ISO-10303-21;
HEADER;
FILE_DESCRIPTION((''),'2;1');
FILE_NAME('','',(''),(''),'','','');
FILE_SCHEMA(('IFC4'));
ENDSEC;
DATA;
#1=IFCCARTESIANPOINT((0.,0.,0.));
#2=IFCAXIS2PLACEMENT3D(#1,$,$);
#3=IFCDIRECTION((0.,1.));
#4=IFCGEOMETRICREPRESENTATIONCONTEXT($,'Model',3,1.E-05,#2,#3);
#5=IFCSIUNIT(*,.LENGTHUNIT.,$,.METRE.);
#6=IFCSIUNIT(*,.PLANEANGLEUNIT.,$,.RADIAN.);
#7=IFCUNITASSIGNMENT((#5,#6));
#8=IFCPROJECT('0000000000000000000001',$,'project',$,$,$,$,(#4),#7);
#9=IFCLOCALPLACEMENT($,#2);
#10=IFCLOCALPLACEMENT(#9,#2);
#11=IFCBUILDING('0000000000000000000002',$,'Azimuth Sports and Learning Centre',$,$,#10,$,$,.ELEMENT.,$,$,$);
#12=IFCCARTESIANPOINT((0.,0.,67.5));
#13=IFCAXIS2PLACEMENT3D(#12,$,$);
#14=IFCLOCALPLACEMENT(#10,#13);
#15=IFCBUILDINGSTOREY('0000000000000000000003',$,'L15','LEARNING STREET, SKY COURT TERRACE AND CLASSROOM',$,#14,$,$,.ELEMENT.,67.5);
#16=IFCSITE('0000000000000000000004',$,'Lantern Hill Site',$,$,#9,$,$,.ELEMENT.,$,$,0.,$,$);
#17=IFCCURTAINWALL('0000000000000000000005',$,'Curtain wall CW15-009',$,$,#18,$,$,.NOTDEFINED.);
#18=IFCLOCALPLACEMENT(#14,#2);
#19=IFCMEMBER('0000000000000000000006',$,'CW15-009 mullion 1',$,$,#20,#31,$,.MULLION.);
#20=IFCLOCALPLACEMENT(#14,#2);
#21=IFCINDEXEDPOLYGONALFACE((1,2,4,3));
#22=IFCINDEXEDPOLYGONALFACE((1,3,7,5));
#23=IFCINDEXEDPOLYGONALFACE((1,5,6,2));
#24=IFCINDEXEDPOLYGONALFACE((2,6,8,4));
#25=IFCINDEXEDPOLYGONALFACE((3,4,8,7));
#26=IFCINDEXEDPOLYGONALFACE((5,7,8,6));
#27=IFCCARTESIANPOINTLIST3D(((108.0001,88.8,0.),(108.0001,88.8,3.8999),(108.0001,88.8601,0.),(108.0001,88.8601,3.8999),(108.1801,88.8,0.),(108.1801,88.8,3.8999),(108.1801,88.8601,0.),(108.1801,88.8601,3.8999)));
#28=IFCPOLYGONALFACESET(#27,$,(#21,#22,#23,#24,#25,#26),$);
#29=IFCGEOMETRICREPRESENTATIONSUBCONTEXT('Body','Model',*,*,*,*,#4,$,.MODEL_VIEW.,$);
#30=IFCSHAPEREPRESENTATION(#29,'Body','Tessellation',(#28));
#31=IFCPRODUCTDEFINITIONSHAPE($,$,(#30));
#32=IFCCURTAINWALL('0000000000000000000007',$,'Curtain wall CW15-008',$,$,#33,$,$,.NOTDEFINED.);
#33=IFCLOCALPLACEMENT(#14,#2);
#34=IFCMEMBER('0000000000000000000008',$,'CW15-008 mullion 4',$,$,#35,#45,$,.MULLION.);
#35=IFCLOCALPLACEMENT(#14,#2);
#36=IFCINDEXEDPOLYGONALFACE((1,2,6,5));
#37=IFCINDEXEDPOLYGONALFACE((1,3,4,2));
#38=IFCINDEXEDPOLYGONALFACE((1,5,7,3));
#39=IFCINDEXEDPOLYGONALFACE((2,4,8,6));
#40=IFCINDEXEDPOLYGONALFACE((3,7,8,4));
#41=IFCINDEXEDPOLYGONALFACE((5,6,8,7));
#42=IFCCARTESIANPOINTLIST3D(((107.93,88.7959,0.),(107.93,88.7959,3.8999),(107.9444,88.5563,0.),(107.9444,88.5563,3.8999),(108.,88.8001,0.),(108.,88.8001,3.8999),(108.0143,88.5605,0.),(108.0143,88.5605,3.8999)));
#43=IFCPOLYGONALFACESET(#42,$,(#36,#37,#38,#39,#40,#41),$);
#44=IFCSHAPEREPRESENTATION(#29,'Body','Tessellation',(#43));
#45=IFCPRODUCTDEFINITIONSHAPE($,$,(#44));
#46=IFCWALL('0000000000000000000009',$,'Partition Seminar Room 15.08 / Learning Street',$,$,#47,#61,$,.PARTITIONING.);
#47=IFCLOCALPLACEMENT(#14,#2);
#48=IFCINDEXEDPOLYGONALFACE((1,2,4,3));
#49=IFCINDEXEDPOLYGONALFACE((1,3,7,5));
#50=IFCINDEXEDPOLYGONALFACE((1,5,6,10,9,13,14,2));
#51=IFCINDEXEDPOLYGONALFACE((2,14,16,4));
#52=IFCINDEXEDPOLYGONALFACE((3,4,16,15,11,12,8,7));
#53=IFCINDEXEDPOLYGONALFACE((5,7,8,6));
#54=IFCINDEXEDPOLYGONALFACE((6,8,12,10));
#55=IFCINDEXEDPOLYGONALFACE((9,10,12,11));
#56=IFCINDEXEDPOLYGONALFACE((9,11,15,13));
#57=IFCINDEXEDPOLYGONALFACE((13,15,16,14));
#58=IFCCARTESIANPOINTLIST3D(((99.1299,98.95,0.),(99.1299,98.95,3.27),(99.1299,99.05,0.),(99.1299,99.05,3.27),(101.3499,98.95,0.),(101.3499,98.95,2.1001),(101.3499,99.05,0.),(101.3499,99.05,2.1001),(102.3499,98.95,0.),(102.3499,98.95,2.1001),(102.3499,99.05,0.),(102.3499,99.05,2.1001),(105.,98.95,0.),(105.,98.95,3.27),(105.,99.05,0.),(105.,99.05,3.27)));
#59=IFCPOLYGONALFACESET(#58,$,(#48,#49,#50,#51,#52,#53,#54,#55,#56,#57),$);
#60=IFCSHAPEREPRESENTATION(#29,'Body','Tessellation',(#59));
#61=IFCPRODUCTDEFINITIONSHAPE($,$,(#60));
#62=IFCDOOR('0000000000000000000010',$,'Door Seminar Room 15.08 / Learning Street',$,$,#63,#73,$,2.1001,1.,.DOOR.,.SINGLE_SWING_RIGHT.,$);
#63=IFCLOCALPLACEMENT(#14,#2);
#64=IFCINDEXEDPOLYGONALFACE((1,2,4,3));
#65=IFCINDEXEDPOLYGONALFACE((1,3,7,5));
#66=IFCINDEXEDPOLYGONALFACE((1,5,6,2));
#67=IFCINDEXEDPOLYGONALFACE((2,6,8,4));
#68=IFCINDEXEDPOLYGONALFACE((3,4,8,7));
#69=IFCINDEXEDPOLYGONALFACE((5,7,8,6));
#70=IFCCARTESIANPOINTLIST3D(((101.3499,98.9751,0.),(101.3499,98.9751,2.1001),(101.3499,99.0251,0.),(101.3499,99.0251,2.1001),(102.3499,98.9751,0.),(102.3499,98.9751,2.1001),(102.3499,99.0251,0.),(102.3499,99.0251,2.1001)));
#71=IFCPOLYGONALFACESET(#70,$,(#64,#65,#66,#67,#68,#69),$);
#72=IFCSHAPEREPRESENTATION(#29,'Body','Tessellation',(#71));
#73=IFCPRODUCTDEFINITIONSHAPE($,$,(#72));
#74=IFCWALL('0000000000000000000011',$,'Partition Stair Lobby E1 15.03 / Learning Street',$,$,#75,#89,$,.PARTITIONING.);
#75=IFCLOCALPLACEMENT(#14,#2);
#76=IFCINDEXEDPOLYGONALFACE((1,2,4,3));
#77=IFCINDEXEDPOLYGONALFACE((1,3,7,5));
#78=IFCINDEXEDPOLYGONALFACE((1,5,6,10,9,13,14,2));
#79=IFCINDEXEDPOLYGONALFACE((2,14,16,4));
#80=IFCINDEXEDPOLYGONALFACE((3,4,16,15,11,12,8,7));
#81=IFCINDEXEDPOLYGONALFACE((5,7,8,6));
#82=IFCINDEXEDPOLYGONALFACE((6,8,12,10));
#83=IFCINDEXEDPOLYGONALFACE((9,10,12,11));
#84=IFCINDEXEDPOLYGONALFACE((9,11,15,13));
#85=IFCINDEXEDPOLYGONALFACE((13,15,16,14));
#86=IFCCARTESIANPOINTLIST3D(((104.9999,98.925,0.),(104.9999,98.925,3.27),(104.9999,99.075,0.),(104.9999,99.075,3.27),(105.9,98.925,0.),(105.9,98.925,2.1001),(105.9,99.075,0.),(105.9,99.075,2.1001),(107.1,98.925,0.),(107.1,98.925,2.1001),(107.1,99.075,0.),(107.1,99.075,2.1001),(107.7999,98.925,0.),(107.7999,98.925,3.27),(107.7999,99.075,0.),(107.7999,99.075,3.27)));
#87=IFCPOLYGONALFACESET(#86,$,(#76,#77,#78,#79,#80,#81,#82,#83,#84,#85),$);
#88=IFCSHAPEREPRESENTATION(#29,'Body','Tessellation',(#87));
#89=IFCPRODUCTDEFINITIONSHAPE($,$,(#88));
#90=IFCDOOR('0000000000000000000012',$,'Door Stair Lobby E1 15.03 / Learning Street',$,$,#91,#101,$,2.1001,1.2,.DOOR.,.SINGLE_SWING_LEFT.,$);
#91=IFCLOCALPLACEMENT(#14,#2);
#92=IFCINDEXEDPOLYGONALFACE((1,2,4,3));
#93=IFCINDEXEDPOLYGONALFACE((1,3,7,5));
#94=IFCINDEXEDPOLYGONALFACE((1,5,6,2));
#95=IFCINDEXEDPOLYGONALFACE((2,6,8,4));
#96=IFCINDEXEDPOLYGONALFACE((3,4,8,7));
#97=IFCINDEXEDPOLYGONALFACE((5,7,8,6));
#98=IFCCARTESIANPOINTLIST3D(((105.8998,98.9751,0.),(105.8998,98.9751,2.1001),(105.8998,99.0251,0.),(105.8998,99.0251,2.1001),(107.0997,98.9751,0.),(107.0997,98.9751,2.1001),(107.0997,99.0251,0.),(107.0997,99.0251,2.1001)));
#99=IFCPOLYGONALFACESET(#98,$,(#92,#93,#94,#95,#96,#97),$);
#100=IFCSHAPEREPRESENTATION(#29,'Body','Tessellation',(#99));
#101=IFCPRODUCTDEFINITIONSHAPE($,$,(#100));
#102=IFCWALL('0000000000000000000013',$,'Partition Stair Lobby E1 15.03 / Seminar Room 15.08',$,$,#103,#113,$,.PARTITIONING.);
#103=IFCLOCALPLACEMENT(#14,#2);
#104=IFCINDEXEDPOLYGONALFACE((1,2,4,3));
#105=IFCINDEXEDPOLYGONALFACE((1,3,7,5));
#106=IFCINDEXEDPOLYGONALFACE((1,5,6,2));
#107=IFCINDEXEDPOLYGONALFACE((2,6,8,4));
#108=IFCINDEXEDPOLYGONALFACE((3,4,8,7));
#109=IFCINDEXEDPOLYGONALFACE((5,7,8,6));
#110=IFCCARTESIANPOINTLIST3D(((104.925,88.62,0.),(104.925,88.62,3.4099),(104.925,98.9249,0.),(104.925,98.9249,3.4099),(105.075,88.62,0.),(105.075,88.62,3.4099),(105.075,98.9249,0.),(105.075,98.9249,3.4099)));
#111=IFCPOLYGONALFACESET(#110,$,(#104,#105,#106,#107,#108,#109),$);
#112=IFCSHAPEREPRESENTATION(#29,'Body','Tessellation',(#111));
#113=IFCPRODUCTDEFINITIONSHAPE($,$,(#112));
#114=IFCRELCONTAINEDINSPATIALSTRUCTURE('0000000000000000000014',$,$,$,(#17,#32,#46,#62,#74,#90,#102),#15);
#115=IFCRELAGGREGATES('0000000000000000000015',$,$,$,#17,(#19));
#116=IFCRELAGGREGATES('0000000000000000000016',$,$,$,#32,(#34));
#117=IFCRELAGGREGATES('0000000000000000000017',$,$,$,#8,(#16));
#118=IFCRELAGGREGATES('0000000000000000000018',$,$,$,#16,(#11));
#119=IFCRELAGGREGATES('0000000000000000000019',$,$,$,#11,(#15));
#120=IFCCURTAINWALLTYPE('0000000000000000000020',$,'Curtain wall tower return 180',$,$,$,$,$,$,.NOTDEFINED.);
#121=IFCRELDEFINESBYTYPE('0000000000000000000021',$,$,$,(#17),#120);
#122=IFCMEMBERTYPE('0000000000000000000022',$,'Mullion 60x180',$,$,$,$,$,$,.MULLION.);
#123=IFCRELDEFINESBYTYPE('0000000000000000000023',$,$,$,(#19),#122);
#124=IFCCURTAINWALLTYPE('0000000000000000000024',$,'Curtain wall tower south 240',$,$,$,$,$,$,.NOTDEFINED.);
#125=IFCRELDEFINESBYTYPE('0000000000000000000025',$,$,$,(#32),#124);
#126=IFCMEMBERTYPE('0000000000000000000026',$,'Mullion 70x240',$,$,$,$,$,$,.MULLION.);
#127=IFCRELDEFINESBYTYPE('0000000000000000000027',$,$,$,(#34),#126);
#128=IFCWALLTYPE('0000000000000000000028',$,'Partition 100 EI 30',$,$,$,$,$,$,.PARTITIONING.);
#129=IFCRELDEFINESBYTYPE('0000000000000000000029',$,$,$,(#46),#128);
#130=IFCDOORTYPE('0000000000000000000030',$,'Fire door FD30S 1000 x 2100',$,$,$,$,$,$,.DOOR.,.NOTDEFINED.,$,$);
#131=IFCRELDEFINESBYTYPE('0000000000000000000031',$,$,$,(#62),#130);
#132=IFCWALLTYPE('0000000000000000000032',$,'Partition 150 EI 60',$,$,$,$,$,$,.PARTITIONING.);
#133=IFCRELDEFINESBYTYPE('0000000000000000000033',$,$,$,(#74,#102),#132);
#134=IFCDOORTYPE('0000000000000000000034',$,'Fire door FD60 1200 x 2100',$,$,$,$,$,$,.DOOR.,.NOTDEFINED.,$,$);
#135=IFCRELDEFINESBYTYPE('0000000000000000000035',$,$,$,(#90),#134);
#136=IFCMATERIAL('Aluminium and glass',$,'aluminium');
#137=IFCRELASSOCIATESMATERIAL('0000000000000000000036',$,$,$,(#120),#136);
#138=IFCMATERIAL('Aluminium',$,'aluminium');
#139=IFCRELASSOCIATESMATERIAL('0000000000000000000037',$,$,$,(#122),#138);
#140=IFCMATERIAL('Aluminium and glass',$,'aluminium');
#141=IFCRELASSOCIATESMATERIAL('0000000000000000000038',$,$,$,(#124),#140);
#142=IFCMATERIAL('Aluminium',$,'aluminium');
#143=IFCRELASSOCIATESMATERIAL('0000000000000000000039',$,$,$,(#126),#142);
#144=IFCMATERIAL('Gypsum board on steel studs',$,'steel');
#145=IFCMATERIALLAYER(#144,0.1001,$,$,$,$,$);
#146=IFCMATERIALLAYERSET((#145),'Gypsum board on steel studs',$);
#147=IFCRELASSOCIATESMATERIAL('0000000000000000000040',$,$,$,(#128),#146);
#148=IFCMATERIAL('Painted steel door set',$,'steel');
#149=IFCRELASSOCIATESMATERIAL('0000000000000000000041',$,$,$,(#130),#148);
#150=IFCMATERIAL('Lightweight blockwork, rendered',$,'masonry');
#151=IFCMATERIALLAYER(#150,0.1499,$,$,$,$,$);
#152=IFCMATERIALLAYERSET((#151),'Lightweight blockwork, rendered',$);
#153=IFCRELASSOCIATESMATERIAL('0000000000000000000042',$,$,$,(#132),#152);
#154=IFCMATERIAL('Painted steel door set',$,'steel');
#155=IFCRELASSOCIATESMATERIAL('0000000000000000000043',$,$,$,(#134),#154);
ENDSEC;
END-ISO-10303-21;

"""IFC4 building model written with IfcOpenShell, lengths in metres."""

from ifc_helpers import new_model, si_unit, direction, frame, frame_2d, origin, origin_2d, place, context, subcontext, project, spatial, rectangle, extrude, material, layer, layer_set, material_profile, profile_set, type_object, element, fill, aggregate, save


model = new_model("IFC4")

# Units and contexts
model_context = context("Model", 3, precision=1e-05, world=origin(), true_north=direction((0.0, 1.0)))
body_context = subcontext(model_context, "Body", "Model", "MODEL_VIEW")
ifc_project = project(units=[si_unit("LENGTHUNIT", "METRE"), si_unit("PLANEANGLEUNIT", "RADIAN")], contexts=[model_context])

# Site, building, storey
site_placement = place(None, origin())
site = spatial("IfcSite", under=ifc_project, at=site_placement, Name="Lantern Hill Site", CompositionType="ELEMENT", RefElevation=0.0)
building_placement = place(site_placement, origin())
building = spatial("IfcBuilding", under=site, at=building_placement, Name="Azimuth Sports and Learning Centre", CompositionType="ELEMENT")
storey_placement = place(building_placement, frame((0.0, 0.0, 67.5)))
storey = spatial("IfcBuildingStorey", under=building, at=storey_placement, Name="L15", Description="LEARNING STREET, SKY COURT TERRACE AND CLASSROOM", CompositionType="ELEMENT", Elevation=67.5)

# Curtain walls, members
ifc_material_1 = material(Name="Aluminium and glass", Category="aluminium")
curtain_wall_type_1 = type_object("IfcCurtainWallType", Name="Curtain wall tower return 180", PredefinedType="NOTDEFINED", material=ifc_material_1)
curtain_wall_1_placement = place(storey_placement, origin())
curtain_wall_1 = element("IfcCurtainWall", 1, at=curtain_wall_1_placement, inside=storey, type_object=curtain_wall_type_1, Name="Curtain wall CW15-009", PredefinedType="NOTDEFINED")
ifc_material_2 = material(Name="Aluminium", Category="aluminium")
ifc_material_profile_1 = material_profile(ifc_material_2, rectangle(XDim=0.1799, YDim=0.0601, at=origin_2d()), Name="Mullion 60x180")
ifc_profile_set_1 = profile_set([ifc_material_profile_1], Name="Aluminium")
member_type_1 = type_object("IfcMemberType", Name="Mullion 60x180", PredefinedType="MULLION", material=ifc_profile_set_1)
member_1_placement = place(storey_placement, frame((108.0901, 88.8301, 0.0), z_axis=(0.0, 0.0, 1.0), x_axis=(-1.0, 0.0, 0.0)))
member_1 = element("IfcMember", 2, at=member_1_placement, type_object=member_type_1, Name="CW15-009 mullion 1", PredefinedType="MULLION", context=body_context, shape_type="SweptSolid", body=[
    extrude(rectangle(XDim=0.1799, YDim=0.0601, at=origin_2d()), origin(), (0.0, 0.0, 1.0), 3.8999),
])
aggregate(curtain_wall_1, [member_1])
ifc_material_3 = material(Name="Aluminium and glass", Category="aluminium")
curtain_wall_type_2 = type_object("IfcCurtainWallType", Name="Curtain wall tower south 240", PredefinedType="NOTDEFINED", material=ifc_material_3)
curtain_wall_2_placement = place(storey_placement, origin())
curtain_wall_2 = element("IfcCurtainWall", 3, at=curtain_wall_2_placement, inside=storey, type_object=curtain_wall_type_2, Name="Curtain wall CW15-008", PredefinedType="NOTDEFINED")
ifc_material_4 = material(Name="Aluminium", Category="aluminium")
ifc_material_profile_2 = material_profile(ifc_material_4, rectangle(XDim=0.24, YDim=0.0701, at=origin_2d()), Name="Mullion 70x240")
ifc_profile_set_2 = profile_set([ifc_material_profile_2], Name="Aluminium")
member_type_2 = type_object("IfcMemberType", Name="Mullion 70x240", PredefinedType="MULLION", material=ifc_profile_set_2)
member_2_placement = place(storey_placement, frame((107.9722, 88.6782, 0.0), z_axis=(0.0, 0.0, 1.0), x_axis=(-0.059892, 0.998205, 0.0)))
member_2 = element("IfcMember", 4, at=member_2_placement, type_object=member_type_2, Name="CW15-008 mullion 4", PredefinedType="MULLION", context=body_context, shape_type="SweptSolid", body=[
    extrude(rectangle(XDim=0.24, YDim=0.0701, at=origin_2d()), origin(), (0.0, 0.0, 1.0), 3.8999),
])
aggregate(curtain_wall_2, [member_2])

# Walls, openings, doors
ifc_material_5 = material(Name="Gypsum board on steel studs", Category="steel")
ifc_layer_1 = layer(ifc_material_5, 0.1001)
ifc_layer_set_1 = layer_set([ifc_layer_1], Name="Gypsum board on steel studs")
wall_type_1 = type_object("IfcWallType", Name="Partition 100 EI 30", PredefinedType="PARTITIONING", material=ifc_layer_set_1)
wall_1_placement = place(storey_placement, frame((99.1299, 99.0, 0.0), z_axis=(0.0, 0.0, 1.0), x_axis=(1.0, 0.0, 0.0)))
wall_1 = element("IfcWall", 5, at=wall_1_placement, inside=storey, type_object=wall_type_1, Name="Partition Seminar Room 15.08 / Learning Street", PredefinedType="PARTITIONING", context=body_context, shape_type="SweptSolid", body=[
    extrude(rectangle(XDim=5.8701, YDim=0.1001, at=frame_2d((2.9351, 0.0))), origin(), (0.0, 0.0, 1.0), 3.27),
])
opening_1_placement = place(wall_1_placement, frame((2.22, 0.0, 0.0)))
opening_1 = element("IfcOpeningElement", 6, at=opening_1_placement, cuts=wall_1, PredefinedType="OPENING", context=body_context, shape_type="SweptSolid", body=[
    extrude(rectangle(XDim=1.0, YDim=2.1001, at=frame_2d((0.5, 1.05))), frame((0.0, 0.061, 0.0), z_axis=(0.0, -1.0, 0.0), x_axis=(1.0, 0.0, 0.0)), (0.0, 0.0, 1.0), 0.1221),
])
ifc_material_6 = material(Name="Painted steel door set", Category="steel")
door_type_1 = type_object("IfcDoorType", Name="Fire door FD30S 1000 x 2100", OperationType="NOTDEFINED", PredefinedType="DOOR", material=ifc_material_6)
door_1_placement = place(opening_1_placement, frame((1.0, 0.0, 0.0), z_axis=(0.0, 0.0, 1.0), x_axis=(-1.0, 0.0, 0.0)))
door_1 = element("IfcDoor", 7, at=door_1_placement, inside=storey, type_object=door_type_1, Name="Door Seminar Room 15.08 / Learning Street", OperationType="SINGLE_SWING_RIGHT", OverallHeight=2.1001, OverallWidth=1.0, PredefinedType="DOOR", context=body_context, shape_type="SweptSolid", body=[
    extrude(rectangle(XDim=1.0, YDim=2.1001, at=frame_2d((0.5, 1.05))), frame((0.0, 0.0249, 0.0), z_axis=(0.0, -1.0, 0.0), x_axis=(1.0, 0.0, 0.0)), (0.0, 0.0, 1.0), 0.05),
])
fill(opening_1, door_1)
ifc_material_7 = material(Name="Lightweight blockwork, rendered", Category="masonry")
ifc_layer_2 = layer(ifc_material_7, 0.1499)
ifc_layer_set_2 = layer_set([ifc_layer_2], Name="Lightweight blockwork, rendered")
wall_type_2 = type_object("IfcWallType", Name="Partition 150 EI 60", PredefinedType="PARTITIONING", material=ifc_layer_set_2)
wall_2_placement = place(storey_placement, frame((105.0, 99.0, 0.0), z_axis=(0.0, 0.0, 1.0), x_axis=(1.0, 0.0, 0.0)))
wall_2 = element("IfcWall", 8, at=wall_2_placement, inside=storey, type_object=wall_type_2, Name="Partition Stair Lobby E1 15.03 / Learning Street", PredefinedType="PARTITIONING", context=body_context, shape_type="SweptSolid", body=[
    extrude(rectangle(XDim=2.8, YDim=0.1499, at=frame_2d((1.3999, 0.0))), origin(), (0.0, 0.0, 1.0), 3.27),
])
opening_2_placement = place(wall_2_placement, frame((0.8999, 0.0, 0.0)))
opening_2 = element("IfcOpeningElement", 9, at=opening_2_placement, cuts=wall_2, PredefinedType="OPENING", context=body_context, shape_type="SweptSolid", body=[
    extrude(rectangle(XDim=1.2, YDim=2.1001, at=frame_2d((0.6001, 1.05))), frame((0.0, 0.0859, 0.0), z_axis=(0.0, -1.0, 0.0), x_axis=(1.0, 0.0, 0.0)), (0.0, 0.0, 1.0), 0.1719),
])
ifc_material_8 = material(Name="Painted steel door set", Category="steel")
door_type_2 = type_object("IfcDoorType", Name="Fire door FD60 1200 x 2100", OperationType="NOTDEFINED", PredefinedType="DOOR", material=ifc_material_8)
door_2_placement = place(opening_2_placement, frame((1.2, 0.0, 0.0), z_axis=(0.0, 0.0, 1.0), x_axis=(-1.0, 0.0, 0.0)))
door_2 = element("IfcDoor", 10, at=door_2_placement, inside=storey, type_object=door_type_2, Name="Door Stair Lobby E1 15.03 / Learning Street", OperationType="SINGLE_SWING_LEFT", OverallHeight=2.1001, OverallWidth=1.2, PredefinedType="DOOR", context=body_context, shape_type="SweptSolid", body=[
    extrude(rectangle(XDim=1.2, YDim=2.1001, at=frame_2d((0.6001, 1.05))), frame((0.0, 0.0249, 0.0), z_axis=(0.0, -1.0, 0.0), x_axis=(1.0, 0.0, 0.0)), (0.0, 0.0, 1.0), 0.05),
])
fill(opening_2, door_2)

# Wall
wall_3_placement = place(storey_placement, frame((105.0, 88.6201, 0.0), z_axis=(0.0, 0.0, 1.0), x_axis=(0.0, 1.0, 0.0)))
element("IfcWall", 11, at=wall_3_placement, inside=storey, type_object=wall_type_2, Name="Partition Stair Lobby E1 15.03 / Seminar Room 15.08", PredefinedType="PARTITIONING", context=body_context, shape_type="SweptSolid", body=[
    extrude(rectangle(XDim=10.3049, YDim=0.1499, at=frame_2d((5.1523, 0.0))), origin(), (0.0, 0.0, 1.0), 3.4099),
])

save(model, "model.ifc")
